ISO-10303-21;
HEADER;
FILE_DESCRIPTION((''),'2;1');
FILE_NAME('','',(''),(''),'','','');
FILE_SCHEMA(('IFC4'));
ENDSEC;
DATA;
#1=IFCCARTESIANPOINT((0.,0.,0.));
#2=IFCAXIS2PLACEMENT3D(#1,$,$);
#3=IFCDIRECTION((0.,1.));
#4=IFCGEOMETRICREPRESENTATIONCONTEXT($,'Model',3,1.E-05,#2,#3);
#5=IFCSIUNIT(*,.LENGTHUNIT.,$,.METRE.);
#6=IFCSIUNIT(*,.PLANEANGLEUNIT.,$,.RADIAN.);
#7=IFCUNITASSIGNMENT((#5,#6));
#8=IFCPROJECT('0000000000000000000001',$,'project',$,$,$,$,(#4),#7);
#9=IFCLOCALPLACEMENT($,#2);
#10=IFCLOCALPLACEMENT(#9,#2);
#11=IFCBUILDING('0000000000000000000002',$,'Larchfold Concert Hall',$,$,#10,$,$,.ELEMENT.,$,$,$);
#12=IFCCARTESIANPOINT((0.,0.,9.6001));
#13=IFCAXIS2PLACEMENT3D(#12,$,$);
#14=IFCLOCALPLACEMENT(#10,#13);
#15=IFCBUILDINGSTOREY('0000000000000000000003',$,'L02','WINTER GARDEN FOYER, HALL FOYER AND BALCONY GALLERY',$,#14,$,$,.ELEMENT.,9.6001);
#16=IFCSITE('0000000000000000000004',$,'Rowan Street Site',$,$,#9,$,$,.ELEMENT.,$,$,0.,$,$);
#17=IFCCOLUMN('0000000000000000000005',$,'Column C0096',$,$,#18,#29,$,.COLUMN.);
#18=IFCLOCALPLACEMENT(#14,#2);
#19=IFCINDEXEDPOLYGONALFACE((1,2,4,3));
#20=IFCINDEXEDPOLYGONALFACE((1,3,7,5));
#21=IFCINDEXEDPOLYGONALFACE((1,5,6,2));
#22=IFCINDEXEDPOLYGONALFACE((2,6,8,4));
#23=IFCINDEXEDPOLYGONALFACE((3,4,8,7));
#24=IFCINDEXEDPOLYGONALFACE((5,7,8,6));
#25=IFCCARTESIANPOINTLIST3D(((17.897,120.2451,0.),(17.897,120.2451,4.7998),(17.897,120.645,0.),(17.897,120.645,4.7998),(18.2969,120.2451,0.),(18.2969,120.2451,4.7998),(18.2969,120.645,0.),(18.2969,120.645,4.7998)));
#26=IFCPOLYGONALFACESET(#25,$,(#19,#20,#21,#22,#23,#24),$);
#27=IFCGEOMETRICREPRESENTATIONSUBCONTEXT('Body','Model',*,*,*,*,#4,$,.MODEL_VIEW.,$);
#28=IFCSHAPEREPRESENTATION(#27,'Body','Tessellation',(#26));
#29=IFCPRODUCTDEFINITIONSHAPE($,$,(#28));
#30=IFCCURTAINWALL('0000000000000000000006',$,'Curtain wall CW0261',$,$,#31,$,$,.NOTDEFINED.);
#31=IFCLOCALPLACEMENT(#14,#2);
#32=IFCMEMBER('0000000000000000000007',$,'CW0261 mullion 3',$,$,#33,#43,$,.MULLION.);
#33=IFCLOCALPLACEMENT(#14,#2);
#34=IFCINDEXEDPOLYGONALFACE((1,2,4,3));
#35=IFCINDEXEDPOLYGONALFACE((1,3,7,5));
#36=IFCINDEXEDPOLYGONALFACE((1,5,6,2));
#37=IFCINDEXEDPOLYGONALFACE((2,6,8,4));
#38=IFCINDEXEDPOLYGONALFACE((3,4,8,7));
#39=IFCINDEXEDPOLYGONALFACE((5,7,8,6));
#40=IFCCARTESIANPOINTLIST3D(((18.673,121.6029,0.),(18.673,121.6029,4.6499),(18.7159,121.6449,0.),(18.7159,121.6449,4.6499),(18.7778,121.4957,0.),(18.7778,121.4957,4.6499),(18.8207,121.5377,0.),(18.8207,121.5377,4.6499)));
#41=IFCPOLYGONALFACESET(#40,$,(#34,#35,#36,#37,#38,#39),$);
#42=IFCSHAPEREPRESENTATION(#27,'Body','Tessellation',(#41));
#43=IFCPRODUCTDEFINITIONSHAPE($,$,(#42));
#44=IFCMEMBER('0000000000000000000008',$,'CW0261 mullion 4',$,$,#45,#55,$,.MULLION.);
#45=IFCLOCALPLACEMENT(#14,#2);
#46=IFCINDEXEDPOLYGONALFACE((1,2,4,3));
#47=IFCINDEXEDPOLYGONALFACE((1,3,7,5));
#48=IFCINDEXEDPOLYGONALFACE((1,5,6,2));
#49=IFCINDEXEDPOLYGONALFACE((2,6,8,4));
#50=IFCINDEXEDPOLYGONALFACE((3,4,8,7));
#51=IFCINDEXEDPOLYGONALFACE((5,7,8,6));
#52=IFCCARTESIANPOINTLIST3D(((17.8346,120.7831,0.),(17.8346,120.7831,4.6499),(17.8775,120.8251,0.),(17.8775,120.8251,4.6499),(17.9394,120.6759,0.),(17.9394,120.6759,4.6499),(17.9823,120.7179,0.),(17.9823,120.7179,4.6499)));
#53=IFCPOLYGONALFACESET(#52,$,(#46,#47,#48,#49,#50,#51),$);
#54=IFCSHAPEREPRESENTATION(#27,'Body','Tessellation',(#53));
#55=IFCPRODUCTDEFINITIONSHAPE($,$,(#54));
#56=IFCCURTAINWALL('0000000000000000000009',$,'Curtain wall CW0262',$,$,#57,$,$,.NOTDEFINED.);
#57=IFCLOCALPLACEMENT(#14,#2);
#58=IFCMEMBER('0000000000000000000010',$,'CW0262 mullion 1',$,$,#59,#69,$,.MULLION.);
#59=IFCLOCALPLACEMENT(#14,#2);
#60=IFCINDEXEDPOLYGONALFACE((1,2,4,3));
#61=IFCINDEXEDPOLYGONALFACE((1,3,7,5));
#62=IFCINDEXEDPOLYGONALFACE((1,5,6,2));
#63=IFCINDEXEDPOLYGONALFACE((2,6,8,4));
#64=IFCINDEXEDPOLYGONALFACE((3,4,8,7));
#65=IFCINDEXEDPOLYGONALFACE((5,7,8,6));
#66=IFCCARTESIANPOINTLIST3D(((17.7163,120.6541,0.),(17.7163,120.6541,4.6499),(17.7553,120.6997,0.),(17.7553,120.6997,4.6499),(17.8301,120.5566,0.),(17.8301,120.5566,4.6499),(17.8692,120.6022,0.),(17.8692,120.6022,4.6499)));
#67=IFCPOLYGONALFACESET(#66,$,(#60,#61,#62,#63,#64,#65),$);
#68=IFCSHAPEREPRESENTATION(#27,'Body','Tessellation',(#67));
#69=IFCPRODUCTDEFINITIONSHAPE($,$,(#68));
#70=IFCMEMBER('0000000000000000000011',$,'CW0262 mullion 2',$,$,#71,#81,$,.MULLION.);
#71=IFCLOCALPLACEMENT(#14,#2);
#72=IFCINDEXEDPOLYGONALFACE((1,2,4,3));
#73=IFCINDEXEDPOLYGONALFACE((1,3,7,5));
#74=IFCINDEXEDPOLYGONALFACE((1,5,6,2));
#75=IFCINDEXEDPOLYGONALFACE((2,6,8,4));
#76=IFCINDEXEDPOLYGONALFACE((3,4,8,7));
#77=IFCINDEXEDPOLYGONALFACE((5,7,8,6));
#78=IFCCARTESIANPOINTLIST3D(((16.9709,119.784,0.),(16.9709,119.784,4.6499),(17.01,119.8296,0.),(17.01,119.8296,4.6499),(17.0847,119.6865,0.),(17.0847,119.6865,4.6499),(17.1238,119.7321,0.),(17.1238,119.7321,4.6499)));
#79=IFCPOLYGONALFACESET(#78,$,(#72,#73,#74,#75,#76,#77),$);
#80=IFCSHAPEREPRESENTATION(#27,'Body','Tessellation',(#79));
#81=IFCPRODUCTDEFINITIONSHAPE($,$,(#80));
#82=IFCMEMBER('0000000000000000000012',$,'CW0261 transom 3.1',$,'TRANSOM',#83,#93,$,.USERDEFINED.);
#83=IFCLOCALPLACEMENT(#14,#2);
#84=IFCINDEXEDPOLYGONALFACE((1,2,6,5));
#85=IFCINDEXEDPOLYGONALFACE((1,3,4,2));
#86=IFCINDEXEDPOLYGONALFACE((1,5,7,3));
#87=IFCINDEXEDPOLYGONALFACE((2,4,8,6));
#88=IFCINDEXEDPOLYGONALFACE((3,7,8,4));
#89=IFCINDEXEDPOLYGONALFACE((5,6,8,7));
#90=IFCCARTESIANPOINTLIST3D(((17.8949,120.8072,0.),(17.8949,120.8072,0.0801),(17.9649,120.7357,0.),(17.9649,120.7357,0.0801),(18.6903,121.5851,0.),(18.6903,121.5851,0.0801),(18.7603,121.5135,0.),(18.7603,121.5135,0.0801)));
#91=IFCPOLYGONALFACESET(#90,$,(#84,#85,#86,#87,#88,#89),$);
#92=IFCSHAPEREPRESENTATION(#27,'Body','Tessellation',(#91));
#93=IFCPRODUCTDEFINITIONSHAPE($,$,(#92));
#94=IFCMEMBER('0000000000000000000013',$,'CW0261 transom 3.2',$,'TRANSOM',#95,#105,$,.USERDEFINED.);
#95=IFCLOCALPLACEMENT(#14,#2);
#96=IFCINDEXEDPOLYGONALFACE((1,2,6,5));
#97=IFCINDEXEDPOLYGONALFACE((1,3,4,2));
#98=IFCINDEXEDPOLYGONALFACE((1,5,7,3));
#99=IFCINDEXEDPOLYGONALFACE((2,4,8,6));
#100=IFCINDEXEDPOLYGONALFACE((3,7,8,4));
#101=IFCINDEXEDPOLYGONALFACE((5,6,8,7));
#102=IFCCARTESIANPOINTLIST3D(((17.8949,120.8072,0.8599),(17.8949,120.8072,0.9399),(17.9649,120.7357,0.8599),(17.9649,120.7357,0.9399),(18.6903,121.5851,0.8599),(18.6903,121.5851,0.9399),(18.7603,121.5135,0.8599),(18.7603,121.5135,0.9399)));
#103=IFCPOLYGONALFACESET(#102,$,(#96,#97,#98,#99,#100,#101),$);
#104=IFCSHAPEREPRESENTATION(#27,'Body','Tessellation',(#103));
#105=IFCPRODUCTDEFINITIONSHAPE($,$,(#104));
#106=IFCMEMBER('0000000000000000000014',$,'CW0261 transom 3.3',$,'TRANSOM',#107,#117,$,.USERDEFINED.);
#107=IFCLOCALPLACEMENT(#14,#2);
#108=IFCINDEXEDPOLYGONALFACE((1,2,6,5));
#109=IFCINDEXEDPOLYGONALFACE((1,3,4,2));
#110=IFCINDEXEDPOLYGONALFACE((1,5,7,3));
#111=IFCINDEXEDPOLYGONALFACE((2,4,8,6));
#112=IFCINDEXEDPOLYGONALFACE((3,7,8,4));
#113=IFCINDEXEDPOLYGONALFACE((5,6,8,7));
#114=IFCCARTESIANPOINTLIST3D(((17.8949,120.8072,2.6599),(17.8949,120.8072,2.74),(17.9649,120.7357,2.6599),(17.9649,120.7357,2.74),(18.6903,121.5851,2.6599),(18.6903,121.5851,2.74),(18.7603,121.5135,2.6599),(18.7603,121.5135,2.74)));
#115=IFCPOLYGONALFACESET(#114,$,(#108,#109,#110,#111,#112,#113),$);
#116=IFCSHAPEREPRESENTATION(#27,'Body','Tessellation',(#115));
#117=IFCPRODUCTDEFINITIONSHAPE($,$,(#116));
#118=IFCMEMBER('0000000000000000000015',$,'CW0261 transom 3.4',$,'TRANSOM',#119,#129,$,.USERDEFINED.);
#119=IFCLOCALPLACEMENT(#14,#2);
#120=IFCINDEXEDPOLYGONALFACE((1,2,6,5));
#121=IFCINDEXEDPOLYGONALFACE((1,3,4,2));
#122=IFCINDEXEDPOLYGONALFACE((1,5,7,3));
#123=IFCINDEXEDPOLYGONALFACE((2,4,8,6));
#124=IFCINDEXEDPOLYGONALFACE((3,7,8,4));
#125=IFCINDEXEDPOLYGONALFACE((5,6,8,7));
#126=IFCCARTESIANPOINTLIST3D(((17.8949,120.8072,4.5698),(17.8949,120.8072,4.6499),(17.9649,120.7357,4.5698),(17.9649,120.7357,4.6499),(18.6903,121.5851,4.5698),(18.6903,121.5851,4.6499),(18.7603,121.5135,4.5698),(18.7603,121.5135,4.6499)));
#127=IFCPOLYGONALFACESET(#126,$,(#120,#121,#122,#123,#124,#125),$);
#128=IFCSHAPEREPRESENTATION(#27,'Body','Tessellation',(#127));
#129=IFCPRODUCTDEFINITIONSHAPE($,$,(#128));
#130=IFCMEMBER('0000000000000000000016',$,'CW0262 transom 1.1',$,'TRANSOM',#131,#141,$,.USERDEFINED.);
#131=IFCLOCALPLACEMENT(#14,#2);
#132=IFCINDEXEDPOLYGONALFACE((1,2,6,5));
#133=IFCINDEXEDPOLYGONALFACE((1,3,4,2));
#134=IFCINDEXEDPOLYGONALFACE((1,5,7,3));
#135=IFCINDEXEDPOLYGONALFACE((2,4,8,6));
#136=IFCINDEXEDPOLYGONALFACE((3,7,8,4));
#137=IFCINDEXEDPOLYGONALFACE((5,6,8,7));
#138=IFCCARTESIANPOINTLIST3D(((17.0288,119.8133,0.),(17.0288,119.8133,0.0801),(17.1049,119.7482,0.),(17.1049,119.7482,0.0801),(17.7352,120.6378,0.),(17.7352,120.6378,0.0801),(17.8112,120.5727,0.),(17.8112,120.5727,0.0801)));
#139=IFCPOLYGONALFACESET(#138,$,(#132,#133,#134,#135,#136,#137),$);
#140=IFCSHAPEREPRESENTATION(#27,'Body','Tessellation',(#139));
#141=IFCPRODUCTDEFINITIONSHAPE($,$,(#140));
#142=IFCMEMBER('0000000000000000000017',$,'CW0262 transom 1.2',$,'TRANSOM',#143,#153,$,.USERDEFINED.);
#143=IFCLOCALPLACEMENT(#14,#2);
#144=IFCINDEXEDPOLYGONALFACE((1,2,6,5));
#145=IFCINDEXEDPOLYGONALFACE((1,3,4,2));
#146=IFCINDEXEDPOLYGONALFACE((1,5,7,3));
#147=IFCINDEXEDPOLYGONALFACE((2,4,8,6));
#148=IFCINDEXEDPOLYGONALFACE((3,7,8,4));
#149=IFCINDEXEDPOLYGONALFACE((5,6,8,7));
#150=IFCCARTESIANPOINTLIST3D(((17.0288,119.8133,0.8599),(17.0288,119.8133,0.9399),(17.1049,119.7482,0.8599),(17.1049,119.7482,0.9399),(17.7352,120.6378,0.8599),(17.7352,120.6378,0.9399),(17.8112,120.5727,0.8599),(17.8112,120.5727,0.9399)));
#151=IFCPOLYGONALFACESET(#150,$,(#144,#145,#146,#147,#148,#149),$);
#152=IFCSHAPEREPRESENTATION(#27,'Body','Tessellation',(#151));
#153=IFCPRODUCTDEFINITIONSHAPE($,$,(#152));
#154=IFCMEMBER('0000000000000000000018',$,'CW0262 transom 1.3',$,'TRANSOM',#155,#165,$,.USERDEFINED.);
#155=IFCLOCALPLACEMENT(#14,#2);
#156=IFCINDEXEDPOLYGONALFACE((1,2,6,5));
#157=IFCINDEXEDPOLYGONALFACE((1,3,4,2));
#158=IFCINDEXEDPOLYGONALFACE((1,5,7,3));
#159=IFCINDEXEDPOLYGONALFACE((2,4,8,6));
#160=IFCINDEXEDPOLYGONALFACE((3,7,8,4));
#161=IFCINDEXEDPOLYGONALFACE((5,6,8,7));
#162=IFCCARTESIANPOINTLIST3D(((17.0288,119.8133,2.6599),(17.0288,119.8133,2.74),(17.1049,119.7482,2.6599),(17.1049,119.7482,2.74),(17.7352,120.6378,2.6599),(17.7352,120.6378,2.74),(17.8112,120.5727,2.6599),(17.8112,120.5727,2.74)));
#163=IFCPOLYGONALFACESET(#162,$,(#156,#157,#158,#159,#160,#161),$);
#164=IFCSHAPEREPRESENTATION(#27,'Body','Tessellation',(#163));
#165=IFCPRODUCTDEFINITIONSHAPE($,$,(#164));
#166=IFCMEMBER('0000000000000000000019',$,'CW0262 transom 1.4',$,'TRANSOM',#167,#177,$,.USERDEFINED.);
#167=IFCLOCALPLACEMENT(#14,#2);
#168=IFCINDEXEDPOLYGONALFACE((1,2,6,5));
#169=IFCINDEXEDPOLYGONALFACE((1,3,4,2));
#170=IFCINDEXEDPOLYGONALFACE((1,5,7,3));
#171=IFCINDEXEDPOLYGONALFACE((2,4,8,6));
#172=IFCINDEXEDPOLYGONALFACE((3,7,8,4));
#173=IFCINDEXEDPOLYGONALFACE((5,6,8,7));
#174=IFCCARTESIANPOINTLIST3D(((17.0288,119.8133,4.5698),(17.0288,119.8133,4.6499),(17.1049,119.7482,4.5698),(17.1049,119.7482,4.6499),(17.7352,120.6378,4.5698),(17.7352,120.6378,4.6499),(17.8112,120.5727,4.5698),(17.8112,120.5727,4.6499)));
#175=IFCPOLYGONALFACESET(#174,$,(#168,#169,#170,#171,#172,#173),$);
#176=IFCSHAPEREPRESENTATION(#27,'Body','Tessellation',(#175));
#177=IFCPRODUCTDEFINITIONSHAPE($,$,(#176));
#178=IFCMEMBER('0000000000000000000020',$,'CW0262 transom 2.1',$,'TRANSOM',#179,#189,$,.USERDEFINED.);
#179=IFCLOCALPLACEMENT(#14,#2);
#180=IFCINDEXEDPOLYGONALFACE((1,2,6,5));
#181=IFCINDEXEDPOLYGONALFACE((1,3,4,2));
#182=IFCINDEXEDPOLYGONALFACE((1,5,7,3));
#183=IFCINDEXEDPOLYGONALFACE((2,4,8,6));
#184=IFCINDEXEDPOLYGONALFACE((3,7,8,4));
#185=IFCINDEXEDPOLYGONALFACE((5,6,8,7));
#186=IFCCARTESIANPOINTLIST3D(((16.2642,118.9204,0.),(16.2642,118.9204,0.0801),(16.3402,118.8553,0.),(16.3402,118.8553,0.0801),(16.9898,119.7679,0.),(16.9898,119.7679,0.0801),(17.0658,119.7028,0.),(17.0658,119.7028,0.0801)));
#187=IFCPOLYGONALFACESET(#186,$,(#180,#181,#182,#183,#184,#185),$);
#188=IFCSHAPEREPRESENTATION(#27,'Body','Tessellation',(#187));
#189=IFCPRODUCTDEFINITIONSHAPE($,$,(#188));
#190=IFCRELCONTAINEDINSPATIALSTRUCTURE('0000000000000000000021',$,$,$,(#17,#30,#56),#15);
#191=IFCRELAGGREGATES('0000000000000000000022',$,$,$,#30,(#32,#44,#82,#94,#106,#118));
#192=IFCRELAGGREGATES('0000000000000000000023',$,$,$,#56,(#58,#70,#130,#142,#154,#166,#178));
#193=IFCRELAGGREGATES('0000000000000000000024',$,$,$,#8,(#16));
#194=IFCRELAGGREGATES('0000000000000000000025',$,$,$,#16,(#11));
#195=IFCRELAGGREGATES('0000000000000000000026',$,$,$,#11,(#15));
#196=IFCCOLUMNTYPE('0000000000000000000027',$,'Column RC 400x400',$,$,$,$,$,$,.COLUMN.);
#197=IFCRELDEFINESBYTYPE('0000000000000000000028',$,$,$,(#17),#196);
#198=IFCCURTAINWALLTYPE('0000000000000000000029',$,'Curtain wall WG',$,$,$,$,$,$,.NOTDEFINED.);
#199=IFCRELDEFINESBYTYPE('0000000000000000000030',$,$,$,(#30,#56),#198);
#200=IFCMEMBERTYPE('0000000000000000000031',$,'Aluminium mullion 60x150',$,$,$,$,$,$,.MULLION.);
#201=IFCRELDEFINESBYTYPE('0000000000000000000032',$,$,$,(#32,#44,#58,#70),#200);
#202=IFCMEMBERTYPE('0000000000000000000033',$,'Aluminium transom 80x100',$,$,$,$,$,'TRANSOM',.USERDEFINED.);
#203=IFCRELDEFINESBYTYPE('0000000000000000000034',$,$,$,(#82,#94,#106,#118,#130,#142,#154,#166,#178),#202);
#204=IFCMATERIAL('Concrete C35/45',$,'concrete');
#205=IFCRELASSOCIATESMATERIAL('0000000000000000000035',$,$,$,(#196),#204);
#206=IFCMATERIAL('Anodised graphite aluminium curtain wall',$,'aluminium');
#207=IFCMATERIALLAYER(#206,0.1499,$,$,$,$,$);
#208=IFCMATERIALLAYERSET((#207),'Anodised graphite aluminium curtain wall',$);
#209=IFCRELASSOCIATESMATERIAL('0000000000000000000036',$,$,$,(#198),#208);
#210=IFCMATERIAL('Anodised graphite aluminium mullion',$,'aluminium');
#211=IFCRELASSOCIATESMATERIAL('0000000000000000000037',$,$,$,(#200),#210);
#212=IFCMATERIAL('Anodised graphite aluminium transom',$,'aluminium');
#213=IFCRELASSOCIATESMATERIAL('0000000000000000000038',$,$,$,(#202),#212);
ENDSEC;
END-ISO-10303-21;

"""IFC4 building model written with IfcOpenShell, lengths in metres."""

from ifc_helpers import new_model, si_unit, direction, frame, origin, origin_2d, place, context, subcontext, project, spatial, rectangle, extrude, material, layer, layer_set, material_profile, profile_set, type_object, element, aggregate, save


model = new_model("IFC4")

# Units and contexts
model_context = context("Model", 3, precision=1e-05, world=origin(), true_north=direction((0.0, 1.0)))
body_context = subcontext(model_context, "Body", "Model", "MODEL_VIEW")
ifc_project = project(units=[si_unit("LENGTHUNIT", "METRE"), si_unit("PLANEANGLEUNIT", "RADIAN")], contexts=[model_context])

# Site, building, storey
site_placement = place(None, origin())
site = spatial("IfcSite", under=ifc_project, at=site_placement, Name="Rowan Street Site", CompositionType="ELEMENT", RefElevation=0.0)
building_placement = place(site_placement, origin())
building = spatial("IfcBuilding", under=site, at=building_placement, Name="Larchfold Concert Hall", CompositionType="ELEMENT")
storey_placement = place(building_placement, frame((0.0, 0.0, 9.6001)))
storey = spatial("IfcBuildingStorey", under=building, at=storey_placement, Name="L02", Description="WINTER GARDEN FOYER, HALL FOYER AND BALCONY GALLERY", CompositionType="ELEMENT", Elevation=9.6001)

# Column
ifc_material_1 = material(Name="Concrete C35/45", Category="concrete")
ifc_material_profile_1 = material_profile(ifc_material_1, rectangle(XDim=0.3999, YDim=0.3999, at=origin_2d()))
ifc_profile_set_1 = profile_set([ifc_material_profile_1], Name="Concrete C35/45")
column_type = type_object("IfcColumnType", Name="Column RC 400x400", PredefinedType="COLUMN", material=ifc_profile_set_1)
column_placement = place(storey_placement, frame((18.0969, 120.4451, 0.0), z_axis=(0.0, 0.0, 1.0), x_axis=(1.0, 0.0, 0.0)))
element("IfcColumn", 1, at=column_placement, inside=storey, type_object=column_type, Name="Column C0096", PredefinedType="COLUMN", context=body_context, shape_type="SweptSolid", body=[
    extrude(rectangle(XDim=0.3999, YDim=0.3999, at=origin_2d()), origin(), (0.0, 0.0, 1.0), 4.7998),
])

# Curtain walls, members
ifc_material_2 = material(Name="Anodised graphite aluminium curtain wall", Category="aluminium")
ifc_layer_1 = layer(ifc_material_2, 0.1499)
ifc_layer_set_1 = layer_set([ifc_layer_1], Name="Anodised graphite aluminium curtain wall")
curtain_wall_type = type_object("IfcCurtainWallType", Name="Curtain wall WG", PredefinedType="NOTDEFINED", material=ifc_layer_set_1)
curtain_wall_1_placement = place(storey_placement, origin())
curtain_wall_1 = element("IfcCurtainWall", 2, at=curtain_wall_1_placement, inside=storey, type_object=curtain_wall_type, Name="Curtain wall CW0261", PredefinedType="NOTDEFINED")
ifc_material_3 = material(Name="Anodised graphite aluminium mullion", Category="aluminium")
ifc_material_profile_2 = material_profile(ifc_material_3, rectangle(XDim=0.1499, YDim=0.0601, at=origin_2d()))
ifc_profile_set_2 = profile_set([ifc_material_profile_2], Name="Anodised graphite aluminium mullion")
member_type_1 = type_object("IfcMemberType", Name="Aluminium mullion 60x150", PredefinedType="MULLION", material=ifc_profile_set_2)
member_1_placement = place(storey_placement, frame((18.7468, 121.5703, 0.0), z_axis=(0.0, 0.0, 1.0), x_axis=(0.699146, -0.714979, 0.0)))
member_1 = element("IfcMember", 3, at=member_1_placement, type_object=member_type_1, Name="CW0261 mullion 3", PredefinedType="MULLION", context=body_context, shape_type="SweptSolid", body=[
    extrude(rectangle(XDim=0.1499, YDim=0.0601, at=origin_2d()), origin(), (0.0, 0.0, 1.0), 4.6499),
])
member_2_placement = place(storey_placement, frame((17.9084, 120.7505, 0.0), z_axis=(0.0, 0.0, 1.0), x_axis=(0.699146, -0.714979, 0.0)))
member_2 = element("IfcMember", 4, at=member_2_placement, type_object=member_type_1, Name="CW0261 mullion 4", PredefinedType="MULLION", context=body_context, shape_type="SweptSolid", body=[
    extrude(rectangle(XDim=0.1499, YDim=0.0601, at=origin_2d()), origin(), (0.0, 0.0, 1.0), 4.6499),
])
curtain_wall_2_placement = place(storey_placement, origin())
curtain_wall_2 = element("IfcCurtainWall", 5, at=curtain_wall_2_placement, inside=storey, type_object=curtain_wall_type, Name="Curtain wall CW0262", PredefinedType="NOTDEFINED")
member_3_placement = place(storey_placement, frame((17.7927, 120.6282, 0.0), z_axis=(0.0, 0.0, 1.0), x_axis=(0.759452, -0.650563, 0.0)))
member_3 = element("IfcMember", 6, at=member_3_placement, type_object=member_type_1, Name="CW0262 mullion 1", PredefinedType="MULLION", context=body_context, shape_type="SweptSolid", body=[
    extrude(rectangle(XDim=0.1499, YDim=0.0601, at=origin_2d()), origin(), (0.0, 0.0, 1.0), 4.6499),
])
member_4_placement = place(storey_placement, frame((17.0474, 119.7581, 0.0), z_axis=(0.0, 0.0, 1.0), x_axis=(0.759452, -0.650563, 0.0)))
member_4 = element("IfcMember", 7, at=member_4_placement, type_object=member_type_1, Name="CW0262 mullion 2", PredefinedType="MULLION", context=body_context, shape_type="SweptSolid", body=[
    extrude(rectangle(XDim=0.1499, YDim=0.0601, at=origin_2d()), origin(), (0.0, 0.0, 1.0), 4.6499),
])

# Members
ifc_material_4 = material(Name="Anodised graphite aluminium transom", Category="aluminium")
ifc_material_profile_3 = material_profile(ifc_material_4, rectangle(XDim=0.1001, YDim=0.0801, at=origin_2d()))
ifc_profile_set_3 = profile_set([ifc_material_profile_3], Name="Anodised graphite aluminium transom")
member_type_2 = type_object("IfcMemberType", Name="Aluminium transom 80x100", ElementType="TRANSOM", PredefinedType="USERDEFINED", material=ifc_profile_set_3)
member_5_placement = place(storey_placement, frame((18.7253, 121.5493, 0.04), z_axis=(-0.714963, -0.699163, 0.0), x_axis=(0.699163, -0.714963, 0.0)))
member_5 = element("IfcMember", 8, at=member_5_placement, type_object=member_type_2, Name="CW0261 transom 3.1", ObjectType="TRANSOM", PredefinedType="USERDEFINED", context=body_context, shape_type="SweptSolid", body=[
    extrude(rectangle(XDim=0.1001, YDim=0.0801, at=origin_2d()), origin(), (0.0, 0.0, 1.0), 1.1125),
])
member_6_placement = place(storey_placement, frame((18.7253, 121.5493, 0.8999), z_axis=(-0.714963, -0.699163, 0.0), x_axis=(0.699163, -0.714963, 0.0)))
member_6 = element("IfcMember", 9, at=member_6_placement, type_object=member_type_2, Name="CW0261 transom 3.2", ObjectType="TRANSOM", PredefinedType="USERDEFINED", context=body_context, shape_type="SweptSolid", body=[
    extrude(rectangle(XDim=0.1001, YDim=0.0801, at=origin_2d()), origin(), (0.0, 0.0, 1.0), 1.1125),
])
member_7_placement = place(storey_placement, frame((18.7253, 121.5493, 2.7), z_axis=(-0.714963, -0.699163, 0.0), x_axis=(0.699163, -0.714963, 0.0)))
member_7 = element("IfcMember", 10, at=member_7_placement, type_object=member_type_2, Name="CW0261 transom 3.3", ObjectType="TRANSOM", PredefinedType="USERDEFINED", context=body_context, shape_type="SweptSolid", body=[
    extrude(rectangle(XDim=0.1001, YDim=0.0801, at=origin_2d()), origin(), (0.0, 0.0, 1.0), 1.1125),
])
member_8_placement = place(storey_placement, frame((18.7253, 121.5493, 4.6099), z_axis=(-0.714963, -0.699163, 0.0), x_axis=(0.699163, -0.714963, 0.0)))
member_8 = element("IfcMember", 11, at=member_8_placement, type_object=member_type_2, Name="CW0261 transom 3.4", ObjectType="TRANSOM", PredefinedType="USERDEFINED", context=body_context, shape_type="SweptSolid", body=[
    extrude(rectangle(XDim=0.1001, YDim=0.0801, at=origin_2d()), origin(), (0.0, 0.0, 1.0), 1.1125),
])
member_9_placement = place(storey_placement, frame((17.7732, 120.6052, 0.04), z_axis=(-0.650588, -0.759431, 0.0), x_axis=(0.759431, -0.650588, 0.0)))
member_9 = element("IfcMember", 12, at=member_9_placement, type_object=member_type_2, Name="CW0262 transom 1.1", ObjectType="TRANSOM", PredefinedType="USERDEFINED", context=body_context, shape_type="SweptSolid", body=[
    extrude(rectangle(XDim=0.1001, YDim=0.0801, at=origin_2d()), origin(), (0.0, 0.0, 1.0), 1.0857),
])
member_10_placement = place(storey_placement, frame((17.7732, 120.6052, 0.8999), z_axis=(-0.650588, -0.759431, 0.0), x_axis=(0.759431, -0.650588, 0.0)))
member_10 = element("IfcMember", 13, at=member_10_placement, type_object=member_type_2, Name="CW0262 transom 1.2", ObjectType="TRANSOM", PredefinedType="USERDEFINED", context=body_context, shape_type="SweptSolid", body=[
    extrude(rectangle(XDim=0.1001, YDim=0.0801, at=origin_2d()), origin(), (0.0, 0.0, 1.0), 1.0857),
])
member_11_placement = place(storey_placement, frame((17.7732, 120.6052, 2.7), z_axis=(-0.650588, -0.759431, 0.0), x_axis=(0.759431, -0.650588, 0.0)))
member_11 = element("IfcMember", 14, at=member_11_placement, type_object=member_type_2, Name="CW0262 transom 1.3", ObjectType="TRANSOM", PredefinedType="USERDEFINED", context=body_context, shape_type="SweptSolid", body=[
    extrude(rectangle(XDim=0.1001, YDim=0.0801, at=origin_2d()), origin(), (0.0, 0.0, 1.0), 1.0857),
])
member_12_placement = place(storey_placement, frame((17.7732, 120.6052, 4.6099), z_axis=(-0.650588, -0.759431, 0.0), x_axis=(0.759431, -0.650588, 0.0)))
member_12 = element("IfcMember", 15, at=member_12_placement, type_object=member_type_2, Name="CW0262 transom 1.4", ObjectType="TRANSOM", PredefinedType="USERDEFINED", context=body_context, shape_type="SweptSolid", body=[
    extrude(rectangle(XDim=0.1001, YDim=0.0801, at=origin_2d()), origin(), (0.0, 0.0, 1.0), 1.0857),
])
member_13_placement = place(storey_placement, frame((17.0278, 119.7354, 0.04), z_axis=(-0.650395, -0.759596, 0.0), x_axis=(0.759596, -0.650395, 0.0)))
member_13 = element("IfcMember", 16, at=member_13_placement, type_object=member_type_2, Name="CW0262 transom 2.1", ObjectType="TRANSOM", PredefinedType="USERDEFINED", context=body_context, shape_type="SweptSolid", body=[
    extrude(rectangle(XDim=0.1001, YDim=0.0801, at=origin_2d()), origin(), (0.0, 0.0, 1.0), 1.1157),
])

aggregate(curtain_wall_1, [member_1, member_2, member_5, member_6, member_7, member_8])
aggregate(curtain_wall_2, [member_3, member_4, member_9, member_10, member_11, member_12, member_13])

save(model, "model.ifc")
